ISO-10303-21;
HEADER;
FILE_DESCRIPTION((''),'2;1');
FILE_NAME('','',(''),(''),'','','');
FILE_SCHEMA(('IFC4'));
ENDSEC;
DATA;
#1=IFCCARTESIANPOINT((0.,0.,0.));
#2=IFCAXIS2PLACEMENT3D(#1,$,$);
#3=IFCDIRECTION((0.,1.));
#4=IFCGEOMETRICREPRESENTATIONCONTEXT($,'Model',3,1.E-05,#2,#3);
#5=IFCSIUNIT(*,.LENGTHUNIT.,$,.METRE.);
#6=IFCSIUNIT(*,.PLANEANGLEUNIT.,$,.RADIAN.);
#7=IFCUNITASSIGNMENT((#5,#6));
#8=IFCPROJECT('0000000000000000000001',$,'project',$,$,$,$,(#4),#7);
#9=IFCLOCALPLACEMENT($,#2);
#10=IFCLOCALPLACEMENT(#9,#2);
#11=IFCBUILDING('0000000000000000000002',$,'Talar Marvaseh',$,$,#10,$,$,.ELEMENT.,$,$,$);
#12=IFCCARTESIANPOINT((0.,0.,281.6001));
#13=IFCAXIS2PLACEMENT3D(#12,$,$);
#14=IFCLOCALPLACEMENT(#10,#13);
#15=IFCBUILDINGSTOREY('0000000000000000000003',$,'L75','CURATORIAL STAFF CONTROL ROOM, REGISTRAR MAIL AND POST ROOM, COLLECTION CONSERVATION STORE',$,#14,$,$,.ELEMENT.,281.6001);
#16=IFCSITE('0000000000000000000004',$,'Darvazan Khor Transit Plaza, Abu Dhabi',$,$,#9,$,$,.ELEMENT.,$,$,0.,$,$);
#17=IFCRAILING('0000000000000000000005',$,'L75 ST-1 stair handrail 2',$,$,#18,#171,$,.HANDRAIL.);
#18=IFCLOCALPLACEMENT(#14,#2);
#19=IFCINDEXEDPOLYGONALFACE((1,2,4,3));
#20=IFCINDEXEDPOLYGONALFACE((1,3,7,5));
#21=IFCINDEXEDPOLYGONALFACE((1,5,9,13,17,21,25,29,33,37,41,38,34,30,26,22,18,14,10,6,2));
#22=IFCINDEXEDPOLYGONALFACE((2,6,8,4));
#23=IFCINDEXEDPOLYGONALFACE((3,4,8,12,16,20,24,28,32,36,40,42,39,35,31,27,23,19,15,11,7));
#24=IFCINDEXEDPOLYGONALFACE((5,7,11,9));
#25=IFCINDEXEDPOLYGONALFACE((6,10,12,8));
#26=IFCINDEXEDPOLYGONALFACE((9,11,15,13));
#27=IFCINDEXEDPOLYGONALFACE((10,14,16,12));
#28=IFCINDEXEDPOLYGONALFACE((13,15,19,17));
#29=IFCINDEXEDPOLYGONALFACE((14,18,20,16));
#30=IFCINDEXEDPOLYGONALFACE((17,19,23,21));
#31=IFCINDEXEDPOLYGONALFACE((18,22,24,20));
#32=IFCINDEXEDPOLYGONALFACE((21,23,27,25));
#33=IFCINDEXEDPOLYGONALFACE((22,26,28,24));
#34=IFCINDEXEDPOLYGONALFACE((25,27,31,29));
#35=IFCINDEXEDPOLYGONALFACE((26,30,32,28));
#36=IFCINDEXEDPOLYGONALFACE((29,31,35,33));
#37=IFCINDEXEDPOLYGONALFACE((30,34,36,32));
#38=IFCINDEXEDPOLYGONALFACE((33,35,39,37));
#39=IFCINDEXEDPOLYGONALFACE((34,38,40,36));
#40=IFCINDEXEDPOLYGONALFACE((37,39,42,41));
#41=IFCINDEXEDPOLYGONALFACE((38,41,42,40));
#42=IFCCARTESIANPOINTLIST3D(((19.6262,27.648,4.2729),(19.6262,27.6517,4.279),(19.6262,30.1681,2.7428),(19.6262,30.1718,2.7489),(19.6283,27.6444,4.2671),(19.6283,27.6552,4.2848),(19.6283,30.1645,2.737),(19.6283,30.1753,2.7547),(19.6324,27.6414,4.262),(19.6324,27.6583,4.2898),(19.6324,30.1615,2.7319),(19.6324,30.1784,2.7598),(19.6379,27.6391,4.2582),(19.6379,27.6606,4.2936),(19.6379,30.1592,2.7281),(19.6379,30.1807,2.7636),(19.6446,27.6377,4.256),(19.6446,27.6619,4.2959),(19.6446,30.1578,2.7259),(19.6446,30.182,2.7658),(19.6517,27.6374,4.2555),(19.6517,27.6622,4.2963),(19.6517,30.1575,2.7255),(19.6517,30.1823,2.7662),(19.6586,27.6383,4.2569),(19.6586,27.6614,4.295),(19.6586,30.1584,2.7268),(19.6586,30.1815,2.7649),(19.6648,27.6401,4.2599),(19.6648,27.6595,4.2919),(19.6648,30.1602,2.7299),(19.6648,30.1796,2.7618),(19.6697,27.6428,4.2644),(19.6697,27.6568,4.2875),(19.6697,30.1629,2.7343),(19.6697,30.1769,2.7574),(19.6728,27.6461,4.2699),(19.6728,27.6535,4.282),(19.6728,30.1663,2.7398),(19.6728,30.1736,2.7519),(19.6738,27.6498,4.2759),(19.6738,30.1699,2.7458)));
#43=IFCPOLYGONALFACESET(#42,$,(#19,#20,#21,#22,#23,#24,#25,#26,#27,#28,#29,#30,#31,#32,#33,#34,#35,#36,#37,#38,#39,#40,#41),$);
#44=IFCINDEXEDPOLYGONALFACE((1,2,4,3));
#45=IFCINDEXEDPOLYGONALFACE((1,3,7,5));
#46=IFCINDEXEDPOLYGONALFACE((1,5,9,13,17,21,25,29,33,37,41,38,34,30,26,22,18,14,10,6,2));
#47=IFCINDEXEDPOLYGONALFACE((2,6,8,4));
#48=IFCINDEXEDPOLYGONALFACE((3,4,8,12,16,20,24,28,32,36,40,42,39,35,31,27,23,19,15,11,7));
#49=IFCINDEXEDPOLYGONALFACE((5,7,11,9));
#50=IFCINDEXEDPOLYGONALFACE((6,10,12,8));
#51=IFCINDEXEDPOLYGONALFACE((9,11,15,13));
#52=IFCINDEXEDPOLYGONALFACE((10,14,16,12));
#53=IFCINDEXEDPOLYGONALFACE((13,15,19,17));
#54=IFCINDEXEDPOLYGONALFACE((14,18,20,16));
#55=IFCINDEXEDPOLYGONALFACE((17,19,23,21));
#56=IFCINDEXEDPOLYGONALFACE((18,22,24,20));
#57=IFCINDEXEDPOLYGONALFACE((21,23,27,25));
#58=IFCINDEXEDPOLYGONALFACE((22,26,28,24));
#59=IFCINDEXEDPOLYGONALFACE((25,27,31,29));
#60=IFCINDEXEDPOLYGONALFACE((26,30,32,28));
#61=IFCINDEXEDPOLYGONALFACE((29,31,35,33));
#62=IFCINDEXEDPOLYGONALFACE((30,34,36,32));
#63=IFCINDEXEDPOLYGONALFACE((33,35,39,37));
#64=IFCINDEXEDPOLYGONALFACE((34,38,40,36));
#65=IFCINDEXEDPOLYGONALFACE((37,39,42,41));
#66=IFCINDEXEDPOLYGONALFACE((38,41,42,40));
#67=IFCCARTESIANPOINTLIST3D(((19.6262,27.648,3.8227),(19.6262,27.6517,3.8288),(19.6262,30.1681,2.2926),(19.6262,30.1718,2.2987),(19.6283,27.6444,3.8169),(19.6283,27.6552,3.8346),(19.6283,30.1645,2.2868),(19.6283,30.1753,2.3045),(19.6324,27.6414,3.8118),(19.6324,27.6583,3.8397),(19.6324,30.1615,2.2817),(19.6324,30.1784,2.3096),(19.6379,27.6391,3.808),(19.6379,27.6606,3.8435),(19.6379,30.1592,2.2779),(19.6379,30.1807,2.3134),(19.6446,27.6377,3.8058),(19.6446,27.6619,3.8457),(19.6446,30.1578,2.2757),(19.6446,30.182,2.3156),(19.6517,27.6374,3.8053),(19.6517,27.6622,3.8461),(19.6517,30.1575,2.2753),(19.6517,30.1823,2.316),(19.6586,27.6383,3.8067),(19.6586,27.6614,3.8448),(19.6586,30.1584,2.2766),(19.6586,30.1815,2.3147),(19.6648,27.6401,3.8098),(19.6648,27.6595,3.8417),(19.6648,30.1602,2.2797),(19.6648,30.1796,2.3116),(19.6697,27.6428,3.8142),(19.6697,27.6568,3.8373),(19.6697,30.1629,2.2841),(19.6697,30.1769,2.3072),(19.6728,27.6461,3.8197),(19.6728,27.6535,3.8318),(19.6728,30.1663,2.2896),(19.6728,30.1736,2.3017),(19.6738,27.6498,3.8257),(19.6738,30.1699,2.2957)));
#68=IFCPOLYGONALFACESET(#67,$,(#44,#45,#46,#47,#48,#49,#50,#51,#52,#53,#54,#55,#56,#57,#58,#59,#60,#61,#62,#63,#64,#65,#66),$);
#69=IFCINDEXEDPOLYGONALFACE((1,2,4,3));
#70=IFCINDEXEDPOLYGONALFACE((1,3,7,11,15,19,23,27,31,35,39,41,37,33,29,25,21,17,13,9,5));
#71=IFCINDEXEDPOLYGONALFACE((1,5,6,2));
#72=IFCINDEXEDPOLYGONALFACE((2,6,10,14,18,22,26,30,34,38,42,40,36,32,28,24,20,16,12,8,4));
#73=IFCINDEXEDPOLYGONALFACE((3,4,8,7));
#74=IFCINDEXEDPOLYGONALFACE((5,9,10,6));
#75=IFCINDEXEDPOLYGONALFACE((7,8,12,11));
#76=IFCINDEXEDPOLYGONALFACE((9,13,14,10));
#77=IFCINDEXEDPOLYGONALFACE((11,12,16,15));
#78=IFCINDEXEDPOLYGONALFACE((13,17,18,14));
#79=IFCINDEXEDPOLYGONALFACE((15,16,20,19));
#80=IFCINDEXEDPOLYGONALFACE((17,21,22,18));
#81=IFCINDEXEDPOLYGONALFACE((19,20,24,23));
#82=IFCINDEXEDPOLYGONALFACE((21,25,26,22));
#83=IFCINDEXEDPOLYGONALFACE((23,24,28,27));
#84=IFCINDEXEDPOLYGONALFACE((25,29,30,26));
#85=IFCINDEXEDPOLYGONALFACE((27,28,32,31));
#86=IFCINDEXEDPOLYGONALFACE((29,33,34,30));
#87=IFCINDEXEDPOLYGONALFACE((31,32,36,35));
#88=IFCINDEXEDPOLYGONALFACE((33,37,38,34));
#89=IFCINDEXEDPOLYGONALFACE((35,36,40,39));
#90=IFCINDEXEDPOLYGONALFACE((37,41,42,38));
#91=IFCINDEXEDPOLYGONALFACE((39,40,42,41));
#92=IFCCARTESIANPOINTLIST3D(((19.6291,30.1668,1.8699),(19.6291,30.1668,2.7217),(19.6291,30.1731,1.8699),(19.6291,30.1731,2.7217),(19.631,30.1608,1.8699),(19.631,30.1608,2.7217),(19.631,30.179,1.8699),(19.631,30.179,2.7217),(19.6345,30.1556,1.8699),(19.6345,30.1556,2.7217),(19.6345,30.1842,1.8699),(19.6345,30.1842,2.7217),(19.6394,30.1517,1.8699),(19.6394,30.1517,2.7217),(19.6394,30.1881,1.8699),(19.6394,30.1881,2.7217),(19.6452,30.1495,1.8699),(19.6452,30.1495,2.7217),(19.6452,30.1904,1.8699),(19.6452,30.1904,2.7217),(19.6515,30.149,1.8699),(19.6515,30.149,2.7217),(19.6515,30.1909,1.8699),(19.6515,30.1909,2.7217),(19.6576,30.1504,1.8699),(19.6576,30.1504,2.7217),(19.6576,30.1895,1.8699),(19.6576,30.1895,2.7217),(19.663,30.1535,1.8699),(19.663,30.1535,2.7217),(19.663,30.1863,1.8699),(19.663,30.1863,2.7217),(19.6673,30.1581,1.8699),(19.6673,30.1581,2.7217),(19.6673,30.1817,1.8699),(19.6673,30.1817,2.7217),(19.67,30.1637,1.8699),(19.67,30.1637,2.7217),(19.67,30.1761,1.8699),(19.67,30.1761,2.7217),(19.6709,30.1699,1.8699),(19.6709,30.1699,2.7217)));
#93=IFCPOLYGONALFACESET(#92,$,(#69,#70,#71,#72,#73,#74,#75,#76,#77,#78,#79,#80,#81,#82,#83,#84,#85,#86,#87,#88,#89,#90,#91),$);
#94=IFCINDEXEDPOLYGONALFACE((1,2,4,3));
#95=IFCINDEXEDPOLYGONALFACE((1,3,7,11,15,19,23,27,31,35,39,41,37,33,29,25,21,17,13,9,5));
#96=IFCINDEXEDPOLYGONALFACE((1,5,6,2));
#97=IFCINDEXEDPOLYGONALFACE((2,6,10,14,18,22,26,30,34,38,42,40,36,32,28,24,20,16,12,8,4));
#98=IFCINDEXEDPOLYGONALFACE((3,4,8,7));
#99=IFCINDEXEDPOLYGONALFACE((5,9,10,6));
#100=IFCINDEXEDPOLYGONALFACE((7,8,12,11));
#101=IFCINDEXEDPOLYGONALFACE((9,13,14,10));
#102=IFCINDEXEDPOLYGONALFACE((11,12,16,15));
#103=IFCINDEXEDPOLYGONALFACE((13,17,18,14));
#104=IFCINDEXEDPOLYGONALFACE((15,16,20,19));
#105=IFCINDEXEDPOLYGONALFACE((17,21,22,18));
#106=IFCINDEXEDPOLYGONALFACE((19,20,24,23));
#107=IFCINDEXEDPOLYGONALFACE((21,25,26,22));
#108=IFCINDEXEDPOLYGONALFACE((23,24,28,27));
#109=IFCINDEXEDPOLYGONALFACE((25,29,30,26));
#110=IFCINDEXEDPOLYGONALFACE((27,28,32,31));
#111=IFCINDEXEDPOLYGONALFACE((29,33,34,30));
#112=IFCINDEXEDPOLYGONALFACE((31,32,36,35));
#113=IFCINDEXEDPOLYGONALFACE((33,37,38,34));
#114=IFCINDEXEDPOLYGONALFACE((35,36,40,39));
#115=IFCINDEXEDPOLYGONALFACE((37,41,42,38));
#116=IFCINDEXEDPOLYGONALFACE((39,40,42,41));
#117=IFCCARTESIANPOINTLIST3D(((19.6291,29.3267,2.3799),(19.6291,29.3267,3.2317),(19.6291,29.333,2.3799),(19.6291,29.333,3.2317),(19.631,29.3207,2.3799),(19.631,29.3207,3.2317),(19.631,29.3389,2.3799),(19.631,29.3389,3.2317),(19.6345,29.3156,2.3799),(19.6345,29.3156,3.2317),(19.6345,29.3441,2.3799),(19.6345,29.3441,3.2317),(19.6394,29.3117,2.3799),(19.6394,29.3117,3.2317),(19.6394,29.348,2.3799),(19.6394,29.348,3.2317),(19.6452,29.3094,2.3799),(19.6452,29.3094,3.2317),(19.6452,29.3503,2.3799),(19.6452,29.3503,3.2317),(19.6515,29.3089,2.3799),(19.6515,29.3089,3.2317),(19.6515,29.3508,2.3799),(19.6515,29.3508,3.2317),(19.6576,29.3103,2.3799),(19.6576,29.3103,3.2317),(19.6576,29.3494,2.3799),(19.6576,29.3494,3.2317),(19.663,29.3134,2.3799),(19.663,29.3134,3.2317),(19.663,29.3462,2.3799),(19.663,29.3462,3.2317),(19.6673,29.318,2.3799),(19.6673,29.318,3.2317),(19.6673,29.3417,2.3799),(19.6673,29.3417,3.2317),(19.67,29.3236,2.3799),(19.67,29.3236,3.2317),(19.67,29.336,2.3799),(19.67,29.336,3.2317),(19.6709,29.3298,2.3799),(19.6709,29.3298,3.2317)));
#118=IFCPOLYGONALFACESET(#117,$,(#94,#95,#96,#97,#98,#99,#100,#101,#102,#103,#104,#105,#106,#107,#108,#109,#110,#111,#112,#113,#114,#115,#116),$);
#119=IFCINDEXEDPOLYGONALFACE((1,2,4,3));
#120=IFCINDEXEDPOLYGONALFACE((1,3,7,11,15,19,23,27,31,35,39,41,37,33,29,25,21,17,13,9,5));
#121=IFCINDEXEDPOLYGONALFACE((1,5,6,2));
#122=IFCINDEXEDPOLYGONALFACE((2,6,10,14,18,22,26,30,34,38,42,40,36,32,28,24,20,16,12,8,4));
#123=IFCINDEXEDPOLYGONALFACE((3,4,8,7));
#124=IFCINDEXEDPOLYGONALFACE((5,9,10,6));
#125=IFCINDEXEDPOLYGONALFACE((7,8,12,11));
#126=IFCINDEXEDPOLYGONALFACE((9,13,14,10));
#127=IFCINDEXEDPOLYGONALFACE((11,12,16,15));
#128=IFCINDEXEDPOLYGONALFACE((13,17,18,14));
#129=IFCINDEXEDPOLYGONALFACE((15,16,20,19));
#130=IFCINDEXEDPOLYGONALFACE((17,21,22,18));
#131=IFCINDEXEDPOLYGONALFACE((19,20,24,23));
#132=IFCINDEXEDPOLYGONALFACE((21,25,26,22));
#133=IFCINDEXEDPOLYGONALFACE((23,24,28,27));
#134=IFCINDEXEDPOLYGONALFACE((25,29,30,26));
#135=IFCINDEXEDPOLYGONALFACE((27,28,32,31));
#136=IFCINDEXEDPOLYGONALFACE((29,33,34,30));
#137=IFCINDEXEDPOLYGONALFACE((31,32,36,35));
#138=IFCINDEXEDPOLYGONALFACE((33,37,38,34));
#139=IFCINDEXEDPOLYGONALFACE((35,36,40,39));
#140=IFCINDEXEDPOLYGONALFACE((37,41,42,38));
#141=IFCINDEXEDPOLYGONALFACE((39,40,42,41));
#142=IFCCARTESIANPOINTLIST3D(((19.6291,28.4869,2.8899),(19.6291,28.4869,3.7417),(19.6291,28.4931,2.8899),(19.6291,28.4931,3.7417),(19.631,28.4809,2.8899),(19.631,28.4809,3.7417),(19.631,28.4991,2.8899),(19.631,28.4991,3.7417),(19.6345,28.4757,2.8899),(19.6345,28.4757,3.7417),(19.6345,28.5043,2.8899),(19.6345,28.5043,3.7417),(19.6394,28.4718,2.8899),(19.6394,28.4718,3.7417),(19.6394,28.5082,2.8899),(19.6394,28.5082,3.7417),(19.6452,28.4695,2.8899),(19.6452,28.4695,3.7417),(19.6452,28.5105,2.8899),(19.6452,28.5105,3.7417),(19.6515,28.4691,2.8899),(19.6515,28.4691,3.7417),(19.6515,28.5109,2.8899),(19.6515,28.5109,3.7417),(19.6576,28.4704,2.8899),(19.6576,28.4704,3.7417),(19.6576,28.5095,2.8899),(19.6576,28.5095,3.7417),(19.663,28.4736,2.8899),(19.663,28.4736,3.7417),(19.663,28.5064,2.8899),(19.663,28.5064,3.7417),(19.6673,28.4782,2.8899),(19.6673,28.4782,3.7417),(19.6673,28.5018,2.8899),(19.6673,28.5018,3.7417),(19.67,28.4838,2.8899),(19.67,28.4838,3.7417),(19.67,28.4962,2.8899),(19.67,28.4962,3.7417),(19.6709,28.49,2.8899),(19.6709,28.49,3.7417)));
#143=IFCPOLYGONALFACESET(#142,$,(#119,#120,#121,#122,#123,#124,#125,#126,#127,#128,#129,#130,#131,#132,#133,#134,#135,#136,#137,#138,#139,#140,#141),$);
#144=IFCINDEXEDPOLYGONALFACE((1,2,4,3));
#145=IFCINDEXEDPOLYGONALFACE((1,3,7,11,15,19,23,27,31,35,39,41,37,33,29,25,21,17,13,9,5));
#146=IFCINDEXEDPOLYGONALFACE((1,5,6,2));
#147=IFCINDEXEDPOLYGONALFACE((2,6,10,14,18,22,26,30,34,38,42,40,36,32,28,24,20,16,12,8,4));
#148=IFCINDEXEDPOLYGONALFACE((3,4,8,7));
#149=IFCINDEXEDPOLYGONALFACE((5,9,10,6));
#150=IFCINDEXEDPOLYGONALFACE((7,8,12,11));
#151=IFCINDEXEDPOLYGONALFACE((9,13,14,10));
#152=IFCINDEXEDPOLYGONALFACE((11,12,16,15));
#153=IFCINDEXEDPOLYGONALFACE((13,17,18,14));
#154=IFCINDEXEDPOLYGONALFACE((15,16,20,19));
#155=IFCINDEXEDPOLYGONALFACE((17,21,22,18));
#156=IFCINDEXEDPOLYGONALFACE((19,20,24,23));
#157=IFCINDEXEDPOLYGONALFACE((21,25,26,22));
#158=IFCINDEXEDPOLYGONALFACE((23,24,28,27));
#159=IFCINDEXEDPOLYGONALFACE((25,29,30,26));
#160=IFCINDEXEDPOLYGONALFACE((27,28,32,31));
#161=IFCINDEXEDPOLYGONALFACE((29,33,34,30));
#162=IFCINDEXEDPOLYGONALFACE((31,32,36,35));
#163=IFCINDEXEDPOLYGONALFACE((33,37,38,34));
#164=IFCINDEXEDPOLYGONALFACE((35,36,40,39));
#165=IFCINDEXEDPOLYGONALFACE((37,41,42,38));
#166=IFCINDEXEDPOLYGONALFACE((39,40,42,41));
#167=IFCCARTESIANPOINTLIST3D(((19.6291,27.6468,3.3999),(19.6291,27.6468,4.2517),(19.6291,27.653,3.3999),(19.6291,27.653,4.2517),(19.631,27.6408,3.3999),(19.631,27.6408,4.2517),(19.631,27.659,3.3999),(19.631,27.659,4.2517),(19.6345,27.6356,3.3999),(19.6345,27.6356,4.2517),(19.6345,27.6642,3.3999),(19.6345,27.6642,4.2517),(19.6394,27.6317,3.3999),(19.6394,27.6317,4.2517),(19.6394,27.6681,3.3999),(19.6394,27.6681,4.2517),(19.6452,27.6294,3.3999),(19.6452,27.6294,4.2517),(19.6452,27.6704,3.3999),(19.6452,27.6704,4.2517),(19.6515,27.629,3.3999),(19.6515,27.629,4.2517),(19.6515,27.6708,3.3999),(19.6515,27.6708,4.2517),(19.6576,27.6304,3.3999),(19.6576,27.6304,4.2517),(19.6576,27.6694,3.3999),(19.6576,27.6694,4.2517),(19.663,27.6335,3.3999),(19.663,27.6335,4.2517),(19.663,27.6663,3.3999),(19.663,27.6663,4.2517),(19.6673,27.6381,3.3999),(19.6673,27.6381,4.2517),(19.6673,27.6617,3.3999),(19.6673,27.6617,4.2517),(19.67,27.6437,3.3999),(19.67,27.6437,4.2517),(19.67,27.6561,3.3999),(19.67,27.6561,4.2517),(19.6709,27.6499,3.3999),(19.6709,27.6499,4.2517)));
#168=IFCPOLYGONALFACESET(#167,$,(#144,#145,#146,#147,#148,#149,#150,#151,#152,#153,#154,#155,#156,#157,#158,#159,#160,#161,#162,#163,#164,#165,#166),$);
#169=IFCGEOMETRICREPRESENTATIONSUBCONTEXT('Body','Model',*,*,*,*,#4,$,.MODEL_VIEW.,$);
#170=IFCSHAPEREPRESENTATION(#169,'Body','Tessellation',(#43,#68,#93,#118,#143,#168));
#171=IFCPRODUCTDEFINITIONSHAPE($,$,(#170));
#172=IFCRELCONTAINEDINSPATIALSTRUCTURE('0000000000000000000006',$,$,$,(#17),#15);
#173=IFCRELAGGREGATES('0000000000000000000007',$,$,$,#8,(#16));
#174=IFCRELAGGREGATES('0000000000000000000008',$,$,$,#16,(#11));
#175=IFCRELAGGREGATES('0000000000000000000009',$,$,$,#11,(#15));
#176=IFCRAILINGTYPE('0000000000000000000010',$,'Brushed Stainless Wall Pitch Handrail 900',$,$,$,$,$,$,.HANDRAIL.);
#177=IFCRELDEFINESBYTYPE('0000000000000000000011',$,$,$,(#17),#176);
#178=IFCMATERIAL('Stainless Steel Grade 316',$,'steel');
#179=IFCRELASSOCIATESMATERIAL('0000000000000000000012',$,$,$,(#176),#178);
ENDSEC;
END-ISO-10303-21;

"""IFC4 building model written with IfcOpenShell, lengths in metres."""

from ifc_helpers import new_model, si_unit, direction, frame, origin, origin_2d, place, context, subcontext, project, spatial, circle, extrude, material, type_object, element, save


model = new_model("IFC4")

# Units and contexts
model_context = context("Model", 3, precision=1e-05, world=origin(), true_north=direction((0.0, 1.0)))
body_context = subcontext(model_context, "Body", "Model", "MODEL_VIEW")
ifc_project = project(units=[si_unit("LENGTHUNIT", "METRE"), si_unit("PLANEANGLEUNIT", "RADIAN")], contexts=[model_context])

# Site, building, storey
site_placement = place(None, origin())
site = spatial("IfcSite", under=ifc_project, at=site_placement, Name="Darvazan Khor Transit Plaza, Abu Dhabi", CompositionType="ELEMENT", RefElevation=0.0)
building_placement = place(site_placement, origin())
building = spatial("IfcBuilding", under=site, at=building_placement, Name="Talar Marvaseh", CompositionType="ELEMENT")
storey_placement = place(building_placement, frame((0.0, 0.0, 281.6001)))
storey = spatial("IfcBuildingStorey", under=building, at=storey_placement, Name="L75", Description="CURATORIAL STAFF CONTROL ROOM, REGISTRAR MAIL AND POST ROOM, COLLECTION CONSERVATION STORE", CompositionType="ELEMENT", Elevation=281.6001)

# Railing
ifc_material_1 = material(Name="Stainless Steel Grade 316", Category="steel")
railing_type_1 = type_object("IfcRailingType", Name="Brushed Stainless Wall Pitch Handrail 900", PredefinedType="HANDRAIL", material=ifc_material_1)
railing_1_placement = place(storey_placement, frame((19.6499, 30.1699, 1.8699)))
element("IfcRailing", 1, at=railing_1_placement, inside=storey, type_object=railing_type_1, Name="L75 ST-1 stair handrail 2", PredefinedType="HANDRAIL", context=body_context, shape_type="SweptSolid", body=[
    extrude(circle(Radius=0.0239, at=origin_2d()), frame((0.0, 0.0, 0.876), z_axis=(0.0, -0.854785, 0.518982), x_axis=(1.0, 0.0, 0.0)), (0.0, 0.0, 1.0), 2.9482),
    extrude(circle(Radius=0.0239, at=origin_2d()), frame((0.0, 0.0, 0.4258), z_axis=(0.0, -0.854785, 0.518982), x_axis=(1.0, 0.0, 0.0)), (0.0, 0.0, 1.0), 2.9482),
    extrude(circle(Radius=0.021, at=origin_2d()), origin(), (0.0, 0.0, 1.0), 0.8518),
    extrude(circle(Radius=0.021, at=origin_2d()), frame((0.0, -0.8401, 0.51)), (0.0, 0.0, 1.0), 0.8518),
    extrude(circle(Radius=0.021, at=origin_2d()), frame((0.0, -1.6799, 1.02)), (0.0, 0.0, 1.0), 0.8518),
    extrude(circle(Radius=0.021, at=origin_2d()), frame((0.0, -2.52, 1.53)), (0.0, 0.0, 1.0), 0.8518),
])

save(model, "model.ifc")
